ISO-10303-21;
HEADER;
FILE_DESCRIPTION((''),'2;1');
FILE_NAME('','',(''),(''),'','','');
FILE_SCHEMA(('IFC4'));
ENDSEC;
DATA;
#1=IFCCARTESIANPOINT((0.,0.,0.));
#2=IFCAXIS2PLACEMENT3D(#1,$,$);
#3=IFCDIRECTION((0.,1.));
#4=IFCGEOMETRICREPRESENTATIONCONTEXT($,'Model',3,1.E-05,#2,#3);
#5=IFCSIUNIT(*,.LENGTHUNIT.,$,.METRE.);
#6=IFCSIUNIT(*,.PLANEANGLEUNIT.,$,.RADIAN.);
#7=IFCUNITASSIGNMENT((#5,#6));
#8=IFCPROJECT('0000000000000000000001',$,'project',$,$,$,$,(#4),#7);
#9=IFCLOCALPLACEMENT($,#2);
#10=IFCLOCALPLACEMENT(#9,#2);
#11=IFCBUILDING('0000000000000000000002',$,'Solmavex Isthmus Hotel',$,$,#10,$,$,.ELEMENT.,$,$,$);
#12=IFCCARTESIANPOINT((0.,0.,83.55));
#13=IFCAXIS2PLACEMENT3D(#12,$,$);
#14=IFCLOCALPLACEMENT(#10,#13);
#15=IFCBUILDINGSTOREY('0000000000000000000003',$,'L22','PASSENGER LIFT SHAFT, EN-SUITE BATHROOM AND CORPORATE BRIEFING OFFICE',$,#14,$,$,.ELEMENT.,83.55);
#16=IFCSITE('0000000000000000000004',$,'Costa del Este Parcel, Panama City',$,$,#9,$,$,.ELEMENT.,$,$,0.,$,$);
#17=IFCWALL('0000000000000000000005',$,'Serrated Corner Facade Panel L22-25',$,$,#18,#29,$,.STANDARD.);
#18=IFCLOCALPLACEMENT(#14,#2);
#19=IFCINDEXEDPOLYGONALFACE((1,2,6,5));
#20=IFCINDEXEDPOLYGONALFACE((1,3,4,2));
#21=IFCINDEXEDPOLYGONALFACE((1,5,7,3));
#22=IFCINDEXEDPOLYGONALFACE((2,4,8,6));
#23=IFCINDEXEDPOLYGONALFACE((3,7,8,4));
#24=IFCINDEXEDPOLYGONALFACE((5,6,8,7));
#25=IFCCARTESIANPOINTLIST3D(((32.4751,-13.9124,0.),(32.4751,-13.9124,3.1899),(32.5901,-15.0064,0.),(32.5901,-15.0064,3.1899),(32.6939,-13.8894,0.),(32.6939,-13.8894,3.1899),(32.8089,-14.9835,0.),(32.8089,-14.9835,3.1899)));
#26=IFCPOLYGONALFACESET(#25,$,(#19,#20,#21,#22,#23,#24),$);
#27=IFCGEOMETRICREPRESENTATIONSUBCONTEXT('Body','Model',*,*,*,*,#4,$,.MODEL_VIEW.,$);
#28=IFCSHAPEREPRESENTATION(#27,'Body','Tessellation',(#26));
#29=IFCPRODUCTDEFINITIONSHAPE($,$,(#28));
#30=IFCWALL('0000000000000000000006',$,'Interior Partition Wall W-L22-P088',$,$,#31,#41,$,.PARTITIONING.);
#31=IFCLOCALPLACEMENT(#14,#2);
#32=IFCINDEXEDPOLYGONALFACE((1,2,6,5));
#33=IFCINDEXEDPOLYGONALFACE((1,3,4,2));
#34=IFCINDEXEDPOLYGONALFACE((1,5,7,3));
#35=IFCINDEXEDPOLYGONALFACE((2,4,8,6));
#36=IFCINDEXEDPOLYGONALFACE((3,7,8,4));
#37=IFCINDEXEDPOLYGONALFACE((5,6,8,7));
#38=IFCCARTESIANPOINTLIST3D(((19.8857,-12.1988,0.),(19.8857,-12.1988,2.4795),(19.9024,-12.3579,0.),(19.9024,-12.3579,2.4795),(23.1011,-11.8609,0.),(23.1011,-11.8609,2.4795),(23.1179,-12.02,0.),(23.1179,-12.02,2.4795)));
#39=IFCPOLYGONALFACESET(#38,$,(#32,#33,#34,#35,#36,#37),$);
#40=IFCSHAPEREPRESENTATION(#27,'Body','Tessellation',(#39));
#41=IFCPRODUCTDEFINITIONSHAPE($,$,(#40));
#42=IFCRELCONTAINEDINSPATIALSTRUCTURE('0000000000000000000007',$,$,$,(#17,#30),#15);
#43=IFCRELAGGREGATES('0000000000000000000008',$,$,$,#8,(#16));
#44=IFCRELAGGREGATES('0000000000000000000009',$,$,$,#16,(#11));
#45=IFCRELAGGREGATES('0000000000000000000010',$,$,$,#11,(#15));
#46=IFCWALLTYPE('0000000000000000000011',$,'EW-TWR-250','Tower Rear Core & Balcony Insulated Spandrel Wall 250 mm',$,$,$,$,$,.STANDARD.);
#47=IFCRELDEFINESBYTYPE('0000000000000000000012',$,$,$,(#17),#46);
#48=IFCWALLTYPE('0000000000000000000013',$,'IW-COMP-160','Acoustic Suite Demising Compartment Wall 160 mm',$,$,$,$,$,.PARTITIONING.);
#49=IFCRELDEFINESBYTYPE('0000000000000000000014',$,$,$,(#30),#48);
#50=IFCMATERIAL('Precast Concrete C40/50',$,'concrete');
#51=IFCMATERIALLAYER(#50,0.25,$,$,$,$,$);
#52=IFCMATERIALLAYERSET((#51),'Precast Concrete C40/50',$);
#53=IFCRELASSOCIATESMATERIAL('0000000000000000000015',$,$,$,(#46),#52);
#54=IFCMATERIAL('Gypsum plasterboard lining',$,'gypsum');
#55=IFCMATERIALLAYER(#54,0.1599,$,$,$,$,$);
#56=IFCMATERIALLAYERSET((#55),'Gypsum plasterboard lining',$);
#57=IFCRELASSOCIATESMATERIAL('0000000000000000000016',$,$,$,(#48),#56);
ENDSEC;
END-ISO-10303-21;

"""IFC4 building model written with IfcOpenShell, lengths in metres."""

from ifc_helpers import new_model, si_unit, direction, frame, frame_2d, origin, place, context, subcontext, project, spatial, rectangle, extrude, material, layer, layer_set, type_object, element, save


model = new_model("IFC4")

# Units and contexts
model_context = context("Model", 3, precision=1e-05, world=origin(), true_north=direction((0.0, 1.0)))
body_context = subcontext(model_context, "Body", "Model", "MODEL_VIEW")
ifc_project = project(units=[si_unit("LENGTHUNIT", "METRE"), si_unit("PLANEANGLEUNIT", "RADIAN")], contexts=[model_context])

# Site, building, storey
site_placement = place(None, origin())
site = spatial("IfcSite", under=ifc_project, at=site_placement, Name="Costa del Este Parcel, Panama City", CompositionType="ELEMENT", RefElevation=0.0)
building_placement = place(site_placement, origin())
building = spatial("IfcBuilding", under=site, at=building_placement, Name="Solmavex Isthmus Hotel", CompositionType="ELEMENT")
storey_placement = place(building_placement, frame((0.0, 0.0, 83.55)))
storey = spatial("IfcBuildingStorey", under=building, at=storey_placement, Name="L22", Description="PASSENGER LIFT SHAFT, EN-SUITE BATHROOM AND CORPORATE BRIEFING OFFICE", CompositionType="ELEMENT", Elevation=83.55)

# Walls
ifc_material_1 = material(Name="Precast Concrete C40/50", Category="concrete")
ifc_layer_1 = layer(ifc_material_1, 0.25)
ifc_layer_set_1 = layer_set([ifc_layer_1], Name="Precast Concrete C40/50")
wall_type_1 = type_object("IfcWallType", Name="EW-TWR-250", Description="Tower Rear Core & Balcony Insulated Spandrel Wall 250 mm", PredefinedType="STANDARD", material=ifc_layer_set_1)
for number, where, z_axis, x_axis, name in (
    (1, (32.5845, -13.9009, 0.0), (0.0, 0.0, 1.0), (0.104535, -0.994521, 0.0), "Serrated Corner Facade Panel L22-25"),
):
    element("IfcWall", number, at=place(storey_placement, frame(where, z_axis=z_axis, x_axis=x_axis)), inside=storey, type_object=wall_type_1, Name=name, PredefinedType="STANDARD", context=body_context, shape_type="SweptSolid", body=[
        extrude(rectangle(XDim=1.1001, YDim=0.22, at=frame_2d((0.55, 0.0))), origin(), (0.0, 0.0, 1.0), 3.1899),
    ])
ifc_material_2 = material(Name="Gypsum plasterboard lining", Category="gypsum")
ifc_layer_2 = layer(ifc_material_2, 0.1599)
ifc_layer_set_2 = layer_set([ifc_layer_2], Name="Gypsum plasterboard lining")
wall_type_2 = type_object("IfcWallType", Name="IW-COMP-160", Description="Acoustic Suite Demising Compartment Wall 160 mm", PredefinedType="PARTITIONING", material=ifc_layer_set_2)
wall_1_placement = place(storey_placement, frame((23.1096, -11.9404, 0.0), z_axis=(0.0, 0.0, 1.0), x_axis=(-0.994524, -0.104512, 0.0)))
element("IfcWall", 2, at=wall_1_placement, inside=storey, type_object=wall_type_2, Name="Interior Partition Wall W-L22-P088", PredefinedType="PARTITIONING", context=body_context, shape_type="SweptSolid", body=[
    extrude(rectangle(XDim=3.2332, YDim=0.1599, at=frame_2d((1.6167, 0.0))), origin(), (0.0, 0.0, 1.0), 2.4795),
])

save(model, "model.ifc")
